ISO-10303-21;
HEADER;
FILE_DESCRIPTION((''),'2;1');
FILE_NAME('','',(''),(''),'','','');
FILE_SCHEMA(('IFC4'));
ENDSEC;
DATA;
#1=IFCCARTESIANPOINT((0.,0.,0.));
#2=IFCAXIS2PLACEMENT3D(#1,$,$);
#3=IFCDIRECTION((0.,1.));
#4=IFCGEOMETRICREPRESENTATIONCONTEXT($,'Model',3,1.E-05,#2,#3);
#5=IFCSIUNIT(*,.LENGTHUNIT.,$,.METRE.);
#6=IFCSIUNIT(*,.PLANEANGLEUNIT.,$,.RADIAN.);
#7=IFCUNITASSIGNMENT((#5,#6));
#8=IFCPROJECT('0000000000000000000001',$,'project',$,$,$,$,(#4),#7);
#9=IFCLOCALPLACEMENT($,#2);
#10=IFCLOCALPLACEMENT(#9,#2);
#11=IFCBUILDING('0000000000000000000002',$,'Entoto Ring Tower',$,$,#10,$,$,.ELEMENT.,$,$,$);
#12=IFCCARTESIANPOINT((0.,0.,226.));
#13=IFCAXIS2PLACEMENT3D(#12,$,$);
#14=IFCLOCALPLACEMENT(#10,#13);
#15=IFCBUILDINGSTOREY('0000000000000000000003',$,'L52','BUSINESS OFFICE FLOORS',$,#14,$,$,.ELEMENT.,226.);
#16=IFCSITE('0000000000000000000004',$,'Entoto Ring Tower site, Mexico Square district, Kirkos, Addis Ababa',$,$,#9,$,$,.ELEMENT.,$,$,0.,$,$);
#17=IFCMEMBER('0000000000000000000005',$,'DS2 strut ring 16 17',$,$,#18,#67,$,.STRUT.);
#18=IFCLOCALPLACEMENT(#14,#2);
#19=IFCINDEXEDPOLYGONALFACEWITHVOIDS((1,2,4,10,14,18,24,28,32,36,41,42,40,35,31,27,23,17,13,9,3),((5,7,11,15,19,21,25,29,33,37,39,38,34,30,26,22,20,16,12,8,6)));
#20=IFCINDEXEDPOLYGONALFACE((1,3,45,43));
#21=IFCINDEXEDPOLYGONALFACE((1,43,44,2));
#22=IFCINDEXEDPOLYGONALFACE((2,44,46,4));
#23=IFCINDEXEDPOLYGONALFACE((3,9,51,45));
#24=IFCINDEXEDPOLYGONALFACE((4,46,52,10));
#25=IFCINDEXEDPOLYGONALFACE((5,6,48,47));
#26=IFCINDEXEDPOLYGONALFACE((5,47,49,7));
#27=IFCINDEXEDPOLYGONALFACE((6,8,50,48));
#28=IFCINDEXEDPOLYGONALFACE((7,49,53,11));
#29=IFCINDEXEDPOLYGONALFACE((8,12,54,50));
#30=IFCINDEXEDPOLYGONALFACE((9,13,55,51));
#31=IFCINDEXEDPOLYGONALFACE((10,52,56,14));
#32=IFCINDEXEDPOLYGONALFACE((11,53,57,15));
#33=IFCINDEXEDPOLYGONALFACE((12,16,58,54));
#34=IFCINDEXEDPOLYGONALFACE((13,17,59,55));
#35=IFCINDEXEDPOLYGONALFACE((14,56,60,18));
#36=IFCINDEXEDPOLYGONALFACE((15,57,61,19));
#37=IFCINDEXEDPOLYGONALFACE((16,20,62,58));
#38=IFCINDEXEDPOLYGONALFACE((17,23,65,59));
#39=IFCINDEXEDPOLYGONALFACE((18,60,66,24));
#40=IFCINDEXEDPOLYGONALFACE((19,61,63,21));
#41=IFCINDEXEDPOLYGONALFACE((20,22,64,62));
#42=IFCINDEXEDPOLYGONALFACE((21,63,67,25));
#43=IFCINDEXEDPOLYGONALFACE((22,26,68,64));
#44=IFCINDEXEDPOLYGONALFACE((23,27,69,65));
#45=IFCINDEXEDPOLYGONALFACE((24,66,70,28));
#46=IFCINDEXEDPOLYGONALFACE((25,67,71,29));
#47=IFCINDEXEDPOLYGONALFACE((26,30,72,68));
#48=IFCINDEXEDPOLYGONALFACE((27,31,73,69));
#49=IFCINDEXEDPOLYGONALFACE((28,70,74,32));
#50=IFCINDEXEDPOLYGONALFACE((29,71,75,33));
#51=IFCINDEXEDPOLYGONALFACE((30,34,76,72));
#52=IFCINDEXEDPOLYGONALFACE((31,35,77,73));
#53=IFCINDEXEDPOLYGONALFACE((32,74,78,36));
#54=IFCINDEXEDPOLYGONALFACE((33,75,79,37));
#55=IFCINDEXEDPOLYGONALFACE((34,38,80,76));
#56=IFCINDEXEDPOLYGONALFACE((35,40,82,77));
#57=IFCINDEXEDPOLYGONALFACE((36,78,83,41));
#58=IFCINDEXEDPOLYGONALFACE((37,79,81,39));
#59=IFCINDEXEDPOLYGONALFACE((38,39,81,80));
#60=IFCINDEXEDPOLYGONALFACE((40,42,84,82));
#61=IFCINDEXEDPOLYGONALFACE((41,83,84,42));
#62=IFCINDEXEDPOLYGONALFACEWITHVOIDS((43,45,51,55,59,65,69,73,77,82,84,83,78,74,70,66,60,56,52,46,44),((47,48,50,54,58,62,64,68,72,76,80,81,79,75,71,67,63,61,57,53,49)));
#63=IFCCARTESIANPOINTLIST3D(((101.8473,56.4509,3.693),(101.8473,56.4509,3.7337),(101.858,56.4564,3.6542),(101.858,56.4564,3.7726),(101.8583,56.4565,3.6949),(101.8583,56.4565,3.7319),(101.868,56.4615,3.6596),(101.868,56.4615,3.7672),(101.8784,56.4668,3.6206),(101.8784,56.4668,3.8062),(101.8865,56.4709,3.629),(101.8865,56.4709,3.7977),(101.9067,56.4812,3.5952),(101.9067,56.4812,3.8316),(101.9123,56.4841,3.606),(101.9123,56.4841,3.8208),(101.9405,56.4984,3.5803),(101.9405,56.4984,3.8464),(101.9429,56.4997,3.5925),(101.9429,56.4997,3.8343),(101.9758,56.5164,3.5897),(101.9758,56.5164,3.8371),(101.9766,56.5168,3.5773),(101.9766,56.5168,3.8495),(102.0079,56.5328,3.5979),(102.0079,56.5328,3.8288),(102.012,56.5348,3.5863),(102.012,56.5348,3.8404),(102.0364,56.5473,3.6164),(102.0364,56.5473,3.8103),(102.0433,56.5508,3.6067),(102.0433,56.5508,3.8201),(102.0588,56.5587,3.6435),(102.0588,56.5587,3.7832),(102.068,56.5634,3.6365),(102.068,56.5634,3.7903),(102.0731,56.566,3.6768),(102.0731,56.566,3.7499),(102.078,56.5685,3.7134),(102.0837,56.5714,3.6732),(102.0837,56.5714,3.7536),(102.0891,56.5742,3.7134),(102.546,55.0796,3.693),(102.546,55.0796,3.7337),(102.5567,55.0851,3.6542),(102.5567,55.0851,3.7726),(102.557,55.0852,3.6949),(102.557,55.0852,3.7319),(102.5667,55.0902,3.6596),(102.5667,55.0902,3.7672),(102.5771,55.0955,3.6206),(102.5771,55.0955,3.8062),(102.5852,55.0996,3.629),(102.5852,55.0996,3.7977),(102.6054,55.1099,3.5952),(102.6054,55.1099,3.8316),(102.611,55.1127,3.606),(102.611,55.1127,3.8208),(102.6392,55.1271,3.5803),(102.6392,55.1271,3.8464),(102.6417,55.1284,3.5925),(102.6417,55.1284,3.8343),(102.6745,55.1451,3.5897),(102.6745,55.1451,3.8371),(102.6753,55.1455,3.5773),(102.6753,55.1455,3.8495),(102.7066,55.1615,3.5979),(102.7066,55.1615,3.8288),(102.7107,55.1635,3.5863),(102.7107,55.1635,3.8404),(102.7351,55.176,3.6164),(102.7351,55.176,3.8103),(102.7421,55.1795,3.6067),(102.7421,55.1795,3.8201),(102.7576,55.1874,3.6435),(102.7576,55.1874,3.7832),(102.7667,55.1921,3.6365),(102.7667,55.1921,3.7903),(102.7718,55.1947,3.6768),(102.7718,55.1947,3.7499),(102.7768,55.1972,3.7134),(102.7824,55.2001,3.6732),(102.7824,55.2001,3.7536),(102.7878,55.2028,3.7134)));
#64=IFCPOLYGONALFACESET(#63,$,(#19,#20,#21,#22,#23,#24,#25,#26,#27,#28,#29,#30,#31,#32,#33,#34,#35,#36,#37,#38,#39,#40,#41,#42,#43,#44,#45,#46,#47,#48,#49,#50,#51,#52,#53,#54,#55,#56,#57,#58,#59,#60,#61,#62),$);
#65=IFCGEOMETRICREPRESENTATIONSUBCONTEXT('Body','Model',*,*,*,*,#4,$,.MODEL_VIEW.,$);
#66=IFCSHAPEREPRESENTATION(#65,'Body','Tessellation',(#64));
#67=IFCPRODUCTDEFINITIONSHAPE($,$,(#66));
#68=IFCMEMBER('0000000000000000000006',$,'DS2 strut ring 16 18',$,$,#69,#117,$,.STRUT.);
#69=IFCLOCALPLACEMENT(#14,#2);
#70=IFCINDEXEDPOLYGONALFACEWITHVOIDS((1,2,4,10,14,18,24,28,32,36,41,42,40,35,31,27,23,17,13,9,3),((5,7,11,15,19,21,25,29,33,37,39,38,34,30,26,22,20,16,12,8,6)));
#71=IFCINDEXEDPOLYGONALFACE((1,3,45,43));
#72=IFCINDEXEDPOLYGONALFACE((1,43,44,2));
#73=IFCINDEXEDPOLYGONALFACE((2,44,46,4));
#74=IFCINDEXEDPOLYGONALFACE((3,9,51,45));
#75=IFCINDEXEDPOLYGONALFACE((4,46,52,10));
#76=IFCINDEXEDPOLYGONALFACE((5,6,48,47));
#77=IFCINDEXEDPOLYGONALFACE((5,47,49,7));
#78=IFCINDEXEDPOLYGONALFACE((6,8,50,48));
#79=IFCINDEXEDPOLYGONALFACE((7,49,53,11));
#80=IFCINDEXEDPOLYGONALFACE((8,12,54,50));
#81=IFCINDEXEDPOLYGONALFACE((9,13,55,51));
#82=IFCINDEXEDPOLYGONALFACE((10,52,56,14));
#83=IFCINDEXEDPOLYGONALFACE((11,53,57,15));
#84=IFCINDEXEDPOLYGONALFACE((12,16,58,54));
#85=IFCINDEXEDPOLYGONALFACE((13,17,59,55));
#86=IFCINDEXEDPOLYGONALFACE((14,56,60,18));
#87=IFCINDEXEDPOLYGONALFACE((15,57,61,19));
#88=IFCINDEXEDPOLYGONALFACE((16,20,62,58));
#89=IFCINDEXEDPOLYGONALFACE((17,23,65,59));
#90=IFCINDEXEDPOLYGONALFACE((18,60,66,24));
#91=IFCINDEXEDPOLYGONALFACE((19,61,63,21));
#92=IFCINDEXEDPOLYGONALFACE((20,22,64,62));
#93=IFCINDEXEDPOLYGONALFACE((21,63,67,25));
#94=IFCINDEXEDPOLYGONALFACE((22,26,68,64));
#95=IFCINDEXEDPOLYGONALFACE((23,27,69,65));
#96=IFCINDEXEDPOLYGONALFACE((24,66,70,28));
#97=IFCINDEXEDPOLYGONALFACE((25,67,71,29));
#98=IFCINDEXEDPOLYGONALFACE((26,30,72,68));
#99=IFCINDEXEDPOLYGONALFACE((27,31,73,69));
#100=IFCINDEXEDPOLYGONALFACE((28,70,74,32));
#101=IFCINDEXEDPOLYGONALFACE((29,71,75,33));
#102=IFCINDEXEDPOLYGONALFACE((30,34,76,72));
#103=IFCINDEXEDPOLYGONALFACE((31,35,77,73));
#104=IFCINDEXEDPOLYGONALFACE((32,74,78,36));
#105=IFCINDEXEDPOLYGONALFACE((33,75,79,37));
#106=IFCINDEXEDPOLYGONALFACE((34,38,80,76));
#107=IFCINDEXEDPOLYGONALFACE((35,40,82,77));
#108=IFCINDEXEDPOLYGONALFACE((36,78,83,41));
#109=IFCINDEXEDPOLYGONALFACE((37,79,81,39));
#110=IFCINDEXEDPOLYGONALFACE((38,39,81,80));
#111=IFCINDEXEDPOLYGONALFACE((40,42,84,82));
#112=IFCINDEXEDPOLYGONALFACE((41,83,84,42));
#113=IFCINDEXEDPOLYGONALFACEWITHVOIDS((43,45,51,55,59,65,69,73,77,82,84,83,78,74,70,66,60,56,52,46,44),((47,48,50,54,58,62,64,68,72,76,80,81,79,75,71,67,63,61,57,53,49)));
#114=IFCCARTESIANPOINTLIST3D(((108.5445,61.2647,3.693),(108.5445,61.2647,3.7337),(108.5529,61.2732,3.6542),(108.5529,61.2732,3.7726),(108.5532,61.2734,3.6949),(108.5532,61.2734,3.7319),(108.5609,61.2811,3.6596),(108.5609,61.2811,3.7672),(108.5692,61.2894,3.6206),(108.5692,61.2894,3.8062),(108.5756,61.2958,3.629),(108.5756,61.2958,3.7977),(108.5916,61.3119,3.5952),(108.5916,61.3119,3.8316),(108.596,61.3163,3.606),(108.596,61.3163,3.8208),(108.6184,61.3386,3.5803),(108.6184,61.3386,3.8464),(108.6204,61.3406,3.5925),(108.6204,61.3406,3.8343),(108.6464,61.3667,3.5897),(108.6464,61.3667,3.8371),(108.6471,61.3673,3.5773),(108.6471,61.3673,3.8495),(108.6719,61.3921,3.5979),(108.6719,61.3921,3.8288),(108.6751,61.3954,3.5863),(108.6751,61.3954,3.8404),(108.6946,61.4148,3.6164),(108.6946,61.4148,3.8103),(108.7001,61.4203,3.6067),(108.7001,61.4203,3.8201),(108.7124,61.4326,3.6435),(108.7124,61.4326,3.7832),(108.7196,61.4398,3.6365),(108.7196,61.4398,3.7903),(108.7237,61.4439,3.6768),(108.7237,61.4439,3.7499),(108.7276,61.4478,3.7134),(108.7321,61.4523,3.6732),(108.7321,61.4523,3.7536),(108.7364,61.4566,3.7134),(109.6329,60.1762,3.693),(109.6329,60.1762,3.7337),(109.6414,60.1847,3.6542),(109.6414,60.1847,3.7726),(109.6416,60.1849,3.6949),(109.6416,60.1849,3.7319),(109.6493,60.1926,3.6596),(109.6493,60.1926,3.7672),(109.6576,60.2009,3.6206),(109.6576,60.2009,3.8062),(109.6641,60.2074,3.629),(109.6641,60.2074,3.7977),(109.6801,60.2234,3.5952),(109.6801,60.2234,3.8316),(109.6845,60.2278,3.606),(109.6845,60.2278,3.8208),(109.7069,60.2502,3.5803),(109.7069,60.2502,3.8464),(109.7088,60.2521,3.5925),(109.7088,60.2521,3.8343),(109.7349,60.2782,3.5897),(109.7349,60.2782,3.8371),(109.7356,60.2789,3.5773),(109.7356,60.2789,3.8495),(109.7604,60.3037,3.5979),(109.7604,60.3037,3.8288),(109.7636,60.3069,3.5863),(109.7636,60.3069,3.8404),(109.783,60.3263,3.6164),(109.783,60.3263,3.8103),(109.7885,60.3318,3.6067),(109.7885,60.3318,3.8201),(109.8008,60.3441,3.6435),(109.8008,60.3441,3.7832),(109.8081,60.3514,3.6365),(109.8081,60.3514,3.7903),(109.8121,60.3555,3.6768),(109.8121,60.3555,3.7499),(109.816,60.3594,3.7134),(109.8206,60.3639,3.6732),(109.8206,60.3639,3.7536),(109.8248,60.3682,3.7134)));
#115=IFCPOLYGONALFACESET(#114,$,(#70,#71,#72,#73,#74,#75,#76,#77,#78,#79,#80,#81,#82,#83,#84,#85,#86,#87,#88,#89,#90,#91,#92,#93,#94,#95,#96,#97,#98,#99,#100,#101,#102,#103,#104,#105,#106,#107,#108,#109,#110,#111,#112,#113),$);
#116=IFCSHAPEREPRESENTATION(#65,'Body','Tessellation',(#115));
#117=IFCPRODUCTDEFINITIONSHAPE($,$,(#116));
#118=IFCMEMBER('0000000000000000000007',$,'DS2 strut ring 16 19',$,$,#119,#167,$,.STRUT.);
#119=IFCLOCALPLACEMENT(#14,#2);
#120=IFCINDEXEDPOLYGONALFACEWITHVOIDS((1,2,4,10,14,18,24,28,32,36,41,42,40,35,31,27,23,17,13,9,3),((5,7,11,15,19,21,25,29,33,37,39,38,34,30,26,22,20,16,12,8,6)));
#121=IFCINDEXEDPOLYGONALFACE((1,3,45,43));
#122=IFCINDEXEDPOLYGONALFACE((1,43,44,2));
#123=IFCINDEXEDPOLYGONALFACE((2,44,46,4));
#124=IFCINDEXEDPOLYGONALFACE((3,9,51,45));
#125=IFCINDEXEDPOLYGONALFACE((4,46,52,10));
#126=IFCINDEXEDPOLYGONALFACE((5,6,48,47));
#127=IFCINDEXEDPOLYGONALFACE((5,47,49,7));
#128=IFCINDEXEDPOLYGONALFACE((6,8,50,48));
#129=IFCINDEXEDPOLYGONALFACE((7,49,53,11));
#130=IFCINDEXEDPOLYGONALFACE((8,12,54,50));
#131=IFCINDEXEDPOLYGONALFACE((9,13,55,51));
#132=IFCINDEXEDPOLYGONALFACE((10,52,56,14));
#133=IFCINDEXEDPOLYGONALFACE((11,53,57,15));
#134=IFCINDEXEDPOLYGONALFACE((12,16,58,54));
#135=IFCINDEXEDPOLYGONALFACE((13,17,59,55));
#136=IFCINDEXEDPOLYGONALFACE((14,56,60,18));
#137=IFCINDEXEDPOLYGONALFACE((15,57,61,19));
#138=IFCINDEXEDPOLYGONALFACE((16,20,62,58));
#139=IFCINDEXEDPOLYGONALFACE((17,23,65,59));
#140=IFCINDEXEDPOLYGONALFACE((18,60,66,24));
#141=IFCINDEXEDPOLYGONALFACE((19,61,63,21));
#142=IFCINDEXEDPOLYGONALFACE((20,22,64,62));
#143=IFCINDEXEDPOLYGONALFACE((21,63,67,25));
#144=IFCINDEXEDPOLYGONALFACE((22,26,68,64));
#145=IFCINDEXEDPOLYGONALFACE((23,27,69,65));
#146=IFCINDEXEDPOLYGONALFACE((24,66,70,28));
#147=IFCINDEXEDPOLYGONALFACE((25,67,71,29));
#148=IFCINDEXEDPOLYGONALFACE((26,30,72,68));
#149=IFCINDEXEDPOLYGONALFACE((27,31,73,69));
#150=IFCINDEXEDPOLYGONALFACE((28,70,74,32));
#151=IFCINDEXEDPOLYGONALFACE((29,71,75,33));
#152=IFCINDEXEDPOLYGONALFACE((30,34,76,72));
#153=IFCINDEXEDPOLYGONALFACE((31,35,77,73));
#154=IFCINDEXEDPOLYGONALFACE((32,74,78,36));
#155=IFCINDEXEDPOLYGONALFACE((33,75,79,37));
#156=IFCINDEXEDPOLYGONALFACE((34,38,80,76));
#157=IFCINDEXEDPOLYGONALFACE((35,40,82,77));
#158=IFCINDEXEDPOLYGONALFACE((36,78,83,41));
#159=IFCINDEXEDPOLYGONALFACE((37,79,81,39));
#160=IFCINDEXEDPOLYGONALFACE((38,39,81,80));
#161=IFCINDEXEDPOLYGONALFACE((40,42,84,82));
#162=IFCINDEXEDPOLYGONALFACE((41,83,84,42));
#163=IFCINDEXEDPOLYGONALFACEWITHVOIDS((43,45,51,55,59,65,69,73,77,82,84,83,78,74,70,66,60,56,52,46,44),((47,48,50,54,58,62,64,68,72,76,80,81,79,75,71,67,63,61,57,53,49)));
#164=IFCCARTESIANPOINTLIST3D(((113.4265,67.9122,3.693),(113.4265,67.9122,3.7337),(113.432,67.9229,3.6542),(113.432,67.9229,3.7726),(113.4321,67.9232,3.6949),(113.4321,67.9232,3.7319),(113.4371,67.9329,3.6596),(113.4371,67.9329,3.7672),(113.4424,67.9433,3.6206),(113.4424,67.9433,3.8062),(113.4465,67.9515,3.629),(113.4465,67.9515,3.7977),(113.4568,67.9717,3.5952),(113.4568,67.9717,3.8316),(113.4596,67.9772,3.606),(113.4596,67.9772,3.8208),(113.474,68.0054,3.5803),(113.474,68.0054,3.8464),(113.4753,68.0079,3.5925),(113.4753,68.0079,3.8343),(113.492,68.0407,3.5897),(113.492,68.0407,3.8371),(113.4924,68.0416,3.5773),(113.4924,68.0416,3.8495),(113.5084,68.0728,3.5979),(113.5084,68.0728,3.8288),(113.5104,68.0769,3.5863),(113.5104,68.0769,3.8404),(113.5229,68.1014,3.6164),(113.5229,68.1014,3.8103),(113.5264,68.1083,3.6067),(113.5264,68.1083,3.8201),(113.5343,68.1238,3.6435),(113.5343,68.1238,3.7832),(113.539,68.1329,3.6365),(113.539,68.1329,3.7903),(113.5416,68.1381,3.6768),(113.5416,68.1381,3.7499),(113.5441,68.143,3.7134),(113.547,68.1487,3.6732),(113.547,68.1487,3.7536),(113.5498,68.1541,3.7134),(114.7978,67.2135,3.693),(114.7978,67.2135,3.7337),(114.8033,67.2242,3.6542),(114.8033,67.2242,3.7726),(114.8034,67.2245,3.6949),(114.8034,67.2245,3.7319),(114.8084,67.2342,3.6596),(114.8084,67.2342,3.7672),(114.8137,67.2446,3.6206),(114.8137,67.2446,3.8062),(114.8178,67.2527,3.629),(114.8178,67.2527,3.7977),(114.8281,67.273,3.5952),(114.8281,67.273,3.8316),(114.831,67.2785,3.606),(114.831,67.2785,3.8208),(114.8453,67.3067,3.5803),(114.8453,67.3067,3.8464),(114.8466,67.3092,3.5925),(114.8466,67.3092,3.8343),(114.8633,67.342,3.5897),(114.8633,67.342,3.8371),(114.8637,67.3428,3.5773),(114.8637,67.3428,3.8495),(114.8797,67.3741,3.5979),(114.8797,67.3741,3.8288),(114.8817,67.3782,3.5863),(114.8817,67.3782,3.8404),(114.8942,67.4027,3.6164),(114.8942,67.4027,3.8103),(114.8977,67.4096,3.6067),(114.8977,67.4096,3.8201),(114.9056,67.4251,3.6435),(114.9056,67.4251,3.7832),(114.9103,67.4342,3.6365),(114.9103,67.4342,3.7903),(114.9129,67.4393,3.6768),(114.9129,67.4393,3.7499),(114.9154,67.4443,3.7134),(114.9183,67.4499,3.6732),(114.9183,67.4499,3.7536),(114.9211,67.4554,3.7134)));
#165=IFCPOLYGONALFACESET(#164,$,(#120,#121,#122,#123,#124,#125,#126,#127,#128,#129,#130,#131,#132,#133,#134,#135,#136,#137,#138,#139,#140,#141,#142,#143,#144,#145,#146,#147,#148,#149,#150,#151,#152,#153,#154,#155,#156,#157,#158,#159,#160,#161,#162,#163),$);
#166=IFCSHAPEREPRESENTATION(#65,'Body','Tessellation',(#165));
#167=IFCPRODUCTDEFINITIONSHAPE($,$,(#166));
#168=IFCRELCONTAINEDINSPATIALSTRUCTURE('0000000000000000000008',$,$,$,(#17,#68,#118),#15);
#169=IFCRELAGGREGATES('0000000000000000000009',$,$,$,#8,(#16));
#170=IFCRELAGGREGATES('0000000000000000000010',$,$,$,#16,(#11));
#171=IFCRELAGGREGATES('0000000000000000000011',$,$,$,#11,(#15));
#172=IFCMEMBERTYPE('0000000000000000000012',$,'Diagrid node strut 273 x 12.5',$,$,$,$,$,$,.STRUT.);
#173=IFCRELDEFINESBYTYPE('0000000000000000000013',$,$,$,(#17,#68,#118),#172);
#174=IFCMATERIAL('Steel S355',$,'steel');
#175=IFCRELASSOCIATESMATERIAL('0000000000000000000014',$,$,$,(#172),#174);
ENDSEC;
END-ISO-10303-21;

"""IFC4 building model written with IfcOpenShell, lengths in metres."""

from ifc_helpers import new_model, si_unit, direction, frame, origin, origin_2d, place, context, subcontext, project, spatial, circle, hollow_circle, extrude, material, material_profile, profile_set, type_object, element, save


model = new_model("IFC4")

# Units and contexts
model_context = context("Model", 3, precision=1e-05, world=origin(), true_north=direction((0.0, 1.0)))
body_context = subcontext(model_context, "Body", "Model", "MODEL_VIEW")
ifc_project = project(units=[si_unit("LENGTHUNIT", "METRE"), si_unit("PLANEANGLEUNIT", "RADIAN")], contexts=[model_context])

# Site, building, storey
site_placement = place(None, origin())
site = spatial("IfcSite", under=ifc_project, at=site_placement, Name="Entoto Ring Tower site, Mexico Square district, Kirkos, Addis Ababa", CompositionType="ELEMENT", RefElevation=0.0)
building_placement = place(site_placement, origin())
building = spatial("IfcBuilding", under=site, at=building_placement, Name="Entoto Ring Tower", CompositionType="ELEMENT")
storey_placement = place(building_placement, frame((0.0, 0.0, 226.0)))
storey = spatial("IfcBuildingStorey", under=building, at=storey_placement, Name="L52", Description="BUSINESS OFFICE FLOORS", CompositionType="ELEMENT", Elevation=226.0)

# Members
ifc_material_1 = material(Name="Steel S355", Category="steel")
ifc_material_profile_1 = material_profile(ifc_material_1, hollow_circle(Radius=0.1365, WallThickness=0.0125, at=origin_2d()), Name="CHS 273 x 12.5")
ifc_material_2 = material(Name="Concrete C60/75", Category="concrete")
ifc_material_profile_2 = material_profile(ifc_material_2, circle(Radius=0.124, at=origin_2d()), Name="Concrete C60/75 infill")
ifc_profile_set_1 = profile_set([ifc_material_profile_1, ifc_material_profile_2], Name="Steel S355")
member_type = type_object("IfcMemberType", Name="Diagrid node strut 273 x 12.5", PredefinedType="STRUT", material=ifc_profile_set_1)
member_1_placement = place(storey_placement, frame((101.9675, 56.5122, 3.7134), z_axis=(0.45399, -0.891007, 0.0), x_axis=(0.891007, 0.45399, 0.0)))
element("IfcMember", 1, at=member_1_placement, inside=storey, type_object=member_type, Name="DS2 strut ring 16 17", PredefinedType="STRUT", context=body_context, shape_type="SweptSolid", body=[
    extrude(hollow_circle(Radius=0.1365, WallThickness=0.0125, at=origin_2d()), origin(), (0.0, 0.0, 1.0), 1.5391),
])
member_2_placement = place(storey_placement, frame((108.6399, 61.3601, 3.7134), z_axis=(0.707107, -0.707107, 0.0), x_axis=(0.707107, 0.707107, 0.0)))
element("IfcMember", 2, at=member_2_placement, inside=storey, type_object=member_type, Name="DS2 strut ring 16 18", PredefinedType="STRUT", context=body_context, shape_type="SweptSolid", body=[
    extrude(hollow_circle(Radius=0.1365, WallThickness=0.0125, at=origin_2d()), origin(), (0.0, 0.0, 1.0), 1.5393),
])
for number, where, z_axis, x_axis, name in (
    (3, (113.4878, 68.0325, 3.7134), (0.891007, -0.45399, 0.0), (0.45399, 0.891007, 0.0), "DS2 strut ring 16 19"),
):
    element("IfcMember", number, at=place(storey_placement, frame(where, z_axis=z_axis, x_axis=x_axis)), inside=storey, type_object=member_type, Name=name, PredefinedType="STRUT", context=body_context, shape_type="SweptSolid", body=[
        extrude(hollow_circle(Radius=0.1365, WallThickness=0.0125, at=origin_2d()), origin(), (0.0, 0.0, 1.0), 1.5391),
    ])

save(model, "model.ifc")
